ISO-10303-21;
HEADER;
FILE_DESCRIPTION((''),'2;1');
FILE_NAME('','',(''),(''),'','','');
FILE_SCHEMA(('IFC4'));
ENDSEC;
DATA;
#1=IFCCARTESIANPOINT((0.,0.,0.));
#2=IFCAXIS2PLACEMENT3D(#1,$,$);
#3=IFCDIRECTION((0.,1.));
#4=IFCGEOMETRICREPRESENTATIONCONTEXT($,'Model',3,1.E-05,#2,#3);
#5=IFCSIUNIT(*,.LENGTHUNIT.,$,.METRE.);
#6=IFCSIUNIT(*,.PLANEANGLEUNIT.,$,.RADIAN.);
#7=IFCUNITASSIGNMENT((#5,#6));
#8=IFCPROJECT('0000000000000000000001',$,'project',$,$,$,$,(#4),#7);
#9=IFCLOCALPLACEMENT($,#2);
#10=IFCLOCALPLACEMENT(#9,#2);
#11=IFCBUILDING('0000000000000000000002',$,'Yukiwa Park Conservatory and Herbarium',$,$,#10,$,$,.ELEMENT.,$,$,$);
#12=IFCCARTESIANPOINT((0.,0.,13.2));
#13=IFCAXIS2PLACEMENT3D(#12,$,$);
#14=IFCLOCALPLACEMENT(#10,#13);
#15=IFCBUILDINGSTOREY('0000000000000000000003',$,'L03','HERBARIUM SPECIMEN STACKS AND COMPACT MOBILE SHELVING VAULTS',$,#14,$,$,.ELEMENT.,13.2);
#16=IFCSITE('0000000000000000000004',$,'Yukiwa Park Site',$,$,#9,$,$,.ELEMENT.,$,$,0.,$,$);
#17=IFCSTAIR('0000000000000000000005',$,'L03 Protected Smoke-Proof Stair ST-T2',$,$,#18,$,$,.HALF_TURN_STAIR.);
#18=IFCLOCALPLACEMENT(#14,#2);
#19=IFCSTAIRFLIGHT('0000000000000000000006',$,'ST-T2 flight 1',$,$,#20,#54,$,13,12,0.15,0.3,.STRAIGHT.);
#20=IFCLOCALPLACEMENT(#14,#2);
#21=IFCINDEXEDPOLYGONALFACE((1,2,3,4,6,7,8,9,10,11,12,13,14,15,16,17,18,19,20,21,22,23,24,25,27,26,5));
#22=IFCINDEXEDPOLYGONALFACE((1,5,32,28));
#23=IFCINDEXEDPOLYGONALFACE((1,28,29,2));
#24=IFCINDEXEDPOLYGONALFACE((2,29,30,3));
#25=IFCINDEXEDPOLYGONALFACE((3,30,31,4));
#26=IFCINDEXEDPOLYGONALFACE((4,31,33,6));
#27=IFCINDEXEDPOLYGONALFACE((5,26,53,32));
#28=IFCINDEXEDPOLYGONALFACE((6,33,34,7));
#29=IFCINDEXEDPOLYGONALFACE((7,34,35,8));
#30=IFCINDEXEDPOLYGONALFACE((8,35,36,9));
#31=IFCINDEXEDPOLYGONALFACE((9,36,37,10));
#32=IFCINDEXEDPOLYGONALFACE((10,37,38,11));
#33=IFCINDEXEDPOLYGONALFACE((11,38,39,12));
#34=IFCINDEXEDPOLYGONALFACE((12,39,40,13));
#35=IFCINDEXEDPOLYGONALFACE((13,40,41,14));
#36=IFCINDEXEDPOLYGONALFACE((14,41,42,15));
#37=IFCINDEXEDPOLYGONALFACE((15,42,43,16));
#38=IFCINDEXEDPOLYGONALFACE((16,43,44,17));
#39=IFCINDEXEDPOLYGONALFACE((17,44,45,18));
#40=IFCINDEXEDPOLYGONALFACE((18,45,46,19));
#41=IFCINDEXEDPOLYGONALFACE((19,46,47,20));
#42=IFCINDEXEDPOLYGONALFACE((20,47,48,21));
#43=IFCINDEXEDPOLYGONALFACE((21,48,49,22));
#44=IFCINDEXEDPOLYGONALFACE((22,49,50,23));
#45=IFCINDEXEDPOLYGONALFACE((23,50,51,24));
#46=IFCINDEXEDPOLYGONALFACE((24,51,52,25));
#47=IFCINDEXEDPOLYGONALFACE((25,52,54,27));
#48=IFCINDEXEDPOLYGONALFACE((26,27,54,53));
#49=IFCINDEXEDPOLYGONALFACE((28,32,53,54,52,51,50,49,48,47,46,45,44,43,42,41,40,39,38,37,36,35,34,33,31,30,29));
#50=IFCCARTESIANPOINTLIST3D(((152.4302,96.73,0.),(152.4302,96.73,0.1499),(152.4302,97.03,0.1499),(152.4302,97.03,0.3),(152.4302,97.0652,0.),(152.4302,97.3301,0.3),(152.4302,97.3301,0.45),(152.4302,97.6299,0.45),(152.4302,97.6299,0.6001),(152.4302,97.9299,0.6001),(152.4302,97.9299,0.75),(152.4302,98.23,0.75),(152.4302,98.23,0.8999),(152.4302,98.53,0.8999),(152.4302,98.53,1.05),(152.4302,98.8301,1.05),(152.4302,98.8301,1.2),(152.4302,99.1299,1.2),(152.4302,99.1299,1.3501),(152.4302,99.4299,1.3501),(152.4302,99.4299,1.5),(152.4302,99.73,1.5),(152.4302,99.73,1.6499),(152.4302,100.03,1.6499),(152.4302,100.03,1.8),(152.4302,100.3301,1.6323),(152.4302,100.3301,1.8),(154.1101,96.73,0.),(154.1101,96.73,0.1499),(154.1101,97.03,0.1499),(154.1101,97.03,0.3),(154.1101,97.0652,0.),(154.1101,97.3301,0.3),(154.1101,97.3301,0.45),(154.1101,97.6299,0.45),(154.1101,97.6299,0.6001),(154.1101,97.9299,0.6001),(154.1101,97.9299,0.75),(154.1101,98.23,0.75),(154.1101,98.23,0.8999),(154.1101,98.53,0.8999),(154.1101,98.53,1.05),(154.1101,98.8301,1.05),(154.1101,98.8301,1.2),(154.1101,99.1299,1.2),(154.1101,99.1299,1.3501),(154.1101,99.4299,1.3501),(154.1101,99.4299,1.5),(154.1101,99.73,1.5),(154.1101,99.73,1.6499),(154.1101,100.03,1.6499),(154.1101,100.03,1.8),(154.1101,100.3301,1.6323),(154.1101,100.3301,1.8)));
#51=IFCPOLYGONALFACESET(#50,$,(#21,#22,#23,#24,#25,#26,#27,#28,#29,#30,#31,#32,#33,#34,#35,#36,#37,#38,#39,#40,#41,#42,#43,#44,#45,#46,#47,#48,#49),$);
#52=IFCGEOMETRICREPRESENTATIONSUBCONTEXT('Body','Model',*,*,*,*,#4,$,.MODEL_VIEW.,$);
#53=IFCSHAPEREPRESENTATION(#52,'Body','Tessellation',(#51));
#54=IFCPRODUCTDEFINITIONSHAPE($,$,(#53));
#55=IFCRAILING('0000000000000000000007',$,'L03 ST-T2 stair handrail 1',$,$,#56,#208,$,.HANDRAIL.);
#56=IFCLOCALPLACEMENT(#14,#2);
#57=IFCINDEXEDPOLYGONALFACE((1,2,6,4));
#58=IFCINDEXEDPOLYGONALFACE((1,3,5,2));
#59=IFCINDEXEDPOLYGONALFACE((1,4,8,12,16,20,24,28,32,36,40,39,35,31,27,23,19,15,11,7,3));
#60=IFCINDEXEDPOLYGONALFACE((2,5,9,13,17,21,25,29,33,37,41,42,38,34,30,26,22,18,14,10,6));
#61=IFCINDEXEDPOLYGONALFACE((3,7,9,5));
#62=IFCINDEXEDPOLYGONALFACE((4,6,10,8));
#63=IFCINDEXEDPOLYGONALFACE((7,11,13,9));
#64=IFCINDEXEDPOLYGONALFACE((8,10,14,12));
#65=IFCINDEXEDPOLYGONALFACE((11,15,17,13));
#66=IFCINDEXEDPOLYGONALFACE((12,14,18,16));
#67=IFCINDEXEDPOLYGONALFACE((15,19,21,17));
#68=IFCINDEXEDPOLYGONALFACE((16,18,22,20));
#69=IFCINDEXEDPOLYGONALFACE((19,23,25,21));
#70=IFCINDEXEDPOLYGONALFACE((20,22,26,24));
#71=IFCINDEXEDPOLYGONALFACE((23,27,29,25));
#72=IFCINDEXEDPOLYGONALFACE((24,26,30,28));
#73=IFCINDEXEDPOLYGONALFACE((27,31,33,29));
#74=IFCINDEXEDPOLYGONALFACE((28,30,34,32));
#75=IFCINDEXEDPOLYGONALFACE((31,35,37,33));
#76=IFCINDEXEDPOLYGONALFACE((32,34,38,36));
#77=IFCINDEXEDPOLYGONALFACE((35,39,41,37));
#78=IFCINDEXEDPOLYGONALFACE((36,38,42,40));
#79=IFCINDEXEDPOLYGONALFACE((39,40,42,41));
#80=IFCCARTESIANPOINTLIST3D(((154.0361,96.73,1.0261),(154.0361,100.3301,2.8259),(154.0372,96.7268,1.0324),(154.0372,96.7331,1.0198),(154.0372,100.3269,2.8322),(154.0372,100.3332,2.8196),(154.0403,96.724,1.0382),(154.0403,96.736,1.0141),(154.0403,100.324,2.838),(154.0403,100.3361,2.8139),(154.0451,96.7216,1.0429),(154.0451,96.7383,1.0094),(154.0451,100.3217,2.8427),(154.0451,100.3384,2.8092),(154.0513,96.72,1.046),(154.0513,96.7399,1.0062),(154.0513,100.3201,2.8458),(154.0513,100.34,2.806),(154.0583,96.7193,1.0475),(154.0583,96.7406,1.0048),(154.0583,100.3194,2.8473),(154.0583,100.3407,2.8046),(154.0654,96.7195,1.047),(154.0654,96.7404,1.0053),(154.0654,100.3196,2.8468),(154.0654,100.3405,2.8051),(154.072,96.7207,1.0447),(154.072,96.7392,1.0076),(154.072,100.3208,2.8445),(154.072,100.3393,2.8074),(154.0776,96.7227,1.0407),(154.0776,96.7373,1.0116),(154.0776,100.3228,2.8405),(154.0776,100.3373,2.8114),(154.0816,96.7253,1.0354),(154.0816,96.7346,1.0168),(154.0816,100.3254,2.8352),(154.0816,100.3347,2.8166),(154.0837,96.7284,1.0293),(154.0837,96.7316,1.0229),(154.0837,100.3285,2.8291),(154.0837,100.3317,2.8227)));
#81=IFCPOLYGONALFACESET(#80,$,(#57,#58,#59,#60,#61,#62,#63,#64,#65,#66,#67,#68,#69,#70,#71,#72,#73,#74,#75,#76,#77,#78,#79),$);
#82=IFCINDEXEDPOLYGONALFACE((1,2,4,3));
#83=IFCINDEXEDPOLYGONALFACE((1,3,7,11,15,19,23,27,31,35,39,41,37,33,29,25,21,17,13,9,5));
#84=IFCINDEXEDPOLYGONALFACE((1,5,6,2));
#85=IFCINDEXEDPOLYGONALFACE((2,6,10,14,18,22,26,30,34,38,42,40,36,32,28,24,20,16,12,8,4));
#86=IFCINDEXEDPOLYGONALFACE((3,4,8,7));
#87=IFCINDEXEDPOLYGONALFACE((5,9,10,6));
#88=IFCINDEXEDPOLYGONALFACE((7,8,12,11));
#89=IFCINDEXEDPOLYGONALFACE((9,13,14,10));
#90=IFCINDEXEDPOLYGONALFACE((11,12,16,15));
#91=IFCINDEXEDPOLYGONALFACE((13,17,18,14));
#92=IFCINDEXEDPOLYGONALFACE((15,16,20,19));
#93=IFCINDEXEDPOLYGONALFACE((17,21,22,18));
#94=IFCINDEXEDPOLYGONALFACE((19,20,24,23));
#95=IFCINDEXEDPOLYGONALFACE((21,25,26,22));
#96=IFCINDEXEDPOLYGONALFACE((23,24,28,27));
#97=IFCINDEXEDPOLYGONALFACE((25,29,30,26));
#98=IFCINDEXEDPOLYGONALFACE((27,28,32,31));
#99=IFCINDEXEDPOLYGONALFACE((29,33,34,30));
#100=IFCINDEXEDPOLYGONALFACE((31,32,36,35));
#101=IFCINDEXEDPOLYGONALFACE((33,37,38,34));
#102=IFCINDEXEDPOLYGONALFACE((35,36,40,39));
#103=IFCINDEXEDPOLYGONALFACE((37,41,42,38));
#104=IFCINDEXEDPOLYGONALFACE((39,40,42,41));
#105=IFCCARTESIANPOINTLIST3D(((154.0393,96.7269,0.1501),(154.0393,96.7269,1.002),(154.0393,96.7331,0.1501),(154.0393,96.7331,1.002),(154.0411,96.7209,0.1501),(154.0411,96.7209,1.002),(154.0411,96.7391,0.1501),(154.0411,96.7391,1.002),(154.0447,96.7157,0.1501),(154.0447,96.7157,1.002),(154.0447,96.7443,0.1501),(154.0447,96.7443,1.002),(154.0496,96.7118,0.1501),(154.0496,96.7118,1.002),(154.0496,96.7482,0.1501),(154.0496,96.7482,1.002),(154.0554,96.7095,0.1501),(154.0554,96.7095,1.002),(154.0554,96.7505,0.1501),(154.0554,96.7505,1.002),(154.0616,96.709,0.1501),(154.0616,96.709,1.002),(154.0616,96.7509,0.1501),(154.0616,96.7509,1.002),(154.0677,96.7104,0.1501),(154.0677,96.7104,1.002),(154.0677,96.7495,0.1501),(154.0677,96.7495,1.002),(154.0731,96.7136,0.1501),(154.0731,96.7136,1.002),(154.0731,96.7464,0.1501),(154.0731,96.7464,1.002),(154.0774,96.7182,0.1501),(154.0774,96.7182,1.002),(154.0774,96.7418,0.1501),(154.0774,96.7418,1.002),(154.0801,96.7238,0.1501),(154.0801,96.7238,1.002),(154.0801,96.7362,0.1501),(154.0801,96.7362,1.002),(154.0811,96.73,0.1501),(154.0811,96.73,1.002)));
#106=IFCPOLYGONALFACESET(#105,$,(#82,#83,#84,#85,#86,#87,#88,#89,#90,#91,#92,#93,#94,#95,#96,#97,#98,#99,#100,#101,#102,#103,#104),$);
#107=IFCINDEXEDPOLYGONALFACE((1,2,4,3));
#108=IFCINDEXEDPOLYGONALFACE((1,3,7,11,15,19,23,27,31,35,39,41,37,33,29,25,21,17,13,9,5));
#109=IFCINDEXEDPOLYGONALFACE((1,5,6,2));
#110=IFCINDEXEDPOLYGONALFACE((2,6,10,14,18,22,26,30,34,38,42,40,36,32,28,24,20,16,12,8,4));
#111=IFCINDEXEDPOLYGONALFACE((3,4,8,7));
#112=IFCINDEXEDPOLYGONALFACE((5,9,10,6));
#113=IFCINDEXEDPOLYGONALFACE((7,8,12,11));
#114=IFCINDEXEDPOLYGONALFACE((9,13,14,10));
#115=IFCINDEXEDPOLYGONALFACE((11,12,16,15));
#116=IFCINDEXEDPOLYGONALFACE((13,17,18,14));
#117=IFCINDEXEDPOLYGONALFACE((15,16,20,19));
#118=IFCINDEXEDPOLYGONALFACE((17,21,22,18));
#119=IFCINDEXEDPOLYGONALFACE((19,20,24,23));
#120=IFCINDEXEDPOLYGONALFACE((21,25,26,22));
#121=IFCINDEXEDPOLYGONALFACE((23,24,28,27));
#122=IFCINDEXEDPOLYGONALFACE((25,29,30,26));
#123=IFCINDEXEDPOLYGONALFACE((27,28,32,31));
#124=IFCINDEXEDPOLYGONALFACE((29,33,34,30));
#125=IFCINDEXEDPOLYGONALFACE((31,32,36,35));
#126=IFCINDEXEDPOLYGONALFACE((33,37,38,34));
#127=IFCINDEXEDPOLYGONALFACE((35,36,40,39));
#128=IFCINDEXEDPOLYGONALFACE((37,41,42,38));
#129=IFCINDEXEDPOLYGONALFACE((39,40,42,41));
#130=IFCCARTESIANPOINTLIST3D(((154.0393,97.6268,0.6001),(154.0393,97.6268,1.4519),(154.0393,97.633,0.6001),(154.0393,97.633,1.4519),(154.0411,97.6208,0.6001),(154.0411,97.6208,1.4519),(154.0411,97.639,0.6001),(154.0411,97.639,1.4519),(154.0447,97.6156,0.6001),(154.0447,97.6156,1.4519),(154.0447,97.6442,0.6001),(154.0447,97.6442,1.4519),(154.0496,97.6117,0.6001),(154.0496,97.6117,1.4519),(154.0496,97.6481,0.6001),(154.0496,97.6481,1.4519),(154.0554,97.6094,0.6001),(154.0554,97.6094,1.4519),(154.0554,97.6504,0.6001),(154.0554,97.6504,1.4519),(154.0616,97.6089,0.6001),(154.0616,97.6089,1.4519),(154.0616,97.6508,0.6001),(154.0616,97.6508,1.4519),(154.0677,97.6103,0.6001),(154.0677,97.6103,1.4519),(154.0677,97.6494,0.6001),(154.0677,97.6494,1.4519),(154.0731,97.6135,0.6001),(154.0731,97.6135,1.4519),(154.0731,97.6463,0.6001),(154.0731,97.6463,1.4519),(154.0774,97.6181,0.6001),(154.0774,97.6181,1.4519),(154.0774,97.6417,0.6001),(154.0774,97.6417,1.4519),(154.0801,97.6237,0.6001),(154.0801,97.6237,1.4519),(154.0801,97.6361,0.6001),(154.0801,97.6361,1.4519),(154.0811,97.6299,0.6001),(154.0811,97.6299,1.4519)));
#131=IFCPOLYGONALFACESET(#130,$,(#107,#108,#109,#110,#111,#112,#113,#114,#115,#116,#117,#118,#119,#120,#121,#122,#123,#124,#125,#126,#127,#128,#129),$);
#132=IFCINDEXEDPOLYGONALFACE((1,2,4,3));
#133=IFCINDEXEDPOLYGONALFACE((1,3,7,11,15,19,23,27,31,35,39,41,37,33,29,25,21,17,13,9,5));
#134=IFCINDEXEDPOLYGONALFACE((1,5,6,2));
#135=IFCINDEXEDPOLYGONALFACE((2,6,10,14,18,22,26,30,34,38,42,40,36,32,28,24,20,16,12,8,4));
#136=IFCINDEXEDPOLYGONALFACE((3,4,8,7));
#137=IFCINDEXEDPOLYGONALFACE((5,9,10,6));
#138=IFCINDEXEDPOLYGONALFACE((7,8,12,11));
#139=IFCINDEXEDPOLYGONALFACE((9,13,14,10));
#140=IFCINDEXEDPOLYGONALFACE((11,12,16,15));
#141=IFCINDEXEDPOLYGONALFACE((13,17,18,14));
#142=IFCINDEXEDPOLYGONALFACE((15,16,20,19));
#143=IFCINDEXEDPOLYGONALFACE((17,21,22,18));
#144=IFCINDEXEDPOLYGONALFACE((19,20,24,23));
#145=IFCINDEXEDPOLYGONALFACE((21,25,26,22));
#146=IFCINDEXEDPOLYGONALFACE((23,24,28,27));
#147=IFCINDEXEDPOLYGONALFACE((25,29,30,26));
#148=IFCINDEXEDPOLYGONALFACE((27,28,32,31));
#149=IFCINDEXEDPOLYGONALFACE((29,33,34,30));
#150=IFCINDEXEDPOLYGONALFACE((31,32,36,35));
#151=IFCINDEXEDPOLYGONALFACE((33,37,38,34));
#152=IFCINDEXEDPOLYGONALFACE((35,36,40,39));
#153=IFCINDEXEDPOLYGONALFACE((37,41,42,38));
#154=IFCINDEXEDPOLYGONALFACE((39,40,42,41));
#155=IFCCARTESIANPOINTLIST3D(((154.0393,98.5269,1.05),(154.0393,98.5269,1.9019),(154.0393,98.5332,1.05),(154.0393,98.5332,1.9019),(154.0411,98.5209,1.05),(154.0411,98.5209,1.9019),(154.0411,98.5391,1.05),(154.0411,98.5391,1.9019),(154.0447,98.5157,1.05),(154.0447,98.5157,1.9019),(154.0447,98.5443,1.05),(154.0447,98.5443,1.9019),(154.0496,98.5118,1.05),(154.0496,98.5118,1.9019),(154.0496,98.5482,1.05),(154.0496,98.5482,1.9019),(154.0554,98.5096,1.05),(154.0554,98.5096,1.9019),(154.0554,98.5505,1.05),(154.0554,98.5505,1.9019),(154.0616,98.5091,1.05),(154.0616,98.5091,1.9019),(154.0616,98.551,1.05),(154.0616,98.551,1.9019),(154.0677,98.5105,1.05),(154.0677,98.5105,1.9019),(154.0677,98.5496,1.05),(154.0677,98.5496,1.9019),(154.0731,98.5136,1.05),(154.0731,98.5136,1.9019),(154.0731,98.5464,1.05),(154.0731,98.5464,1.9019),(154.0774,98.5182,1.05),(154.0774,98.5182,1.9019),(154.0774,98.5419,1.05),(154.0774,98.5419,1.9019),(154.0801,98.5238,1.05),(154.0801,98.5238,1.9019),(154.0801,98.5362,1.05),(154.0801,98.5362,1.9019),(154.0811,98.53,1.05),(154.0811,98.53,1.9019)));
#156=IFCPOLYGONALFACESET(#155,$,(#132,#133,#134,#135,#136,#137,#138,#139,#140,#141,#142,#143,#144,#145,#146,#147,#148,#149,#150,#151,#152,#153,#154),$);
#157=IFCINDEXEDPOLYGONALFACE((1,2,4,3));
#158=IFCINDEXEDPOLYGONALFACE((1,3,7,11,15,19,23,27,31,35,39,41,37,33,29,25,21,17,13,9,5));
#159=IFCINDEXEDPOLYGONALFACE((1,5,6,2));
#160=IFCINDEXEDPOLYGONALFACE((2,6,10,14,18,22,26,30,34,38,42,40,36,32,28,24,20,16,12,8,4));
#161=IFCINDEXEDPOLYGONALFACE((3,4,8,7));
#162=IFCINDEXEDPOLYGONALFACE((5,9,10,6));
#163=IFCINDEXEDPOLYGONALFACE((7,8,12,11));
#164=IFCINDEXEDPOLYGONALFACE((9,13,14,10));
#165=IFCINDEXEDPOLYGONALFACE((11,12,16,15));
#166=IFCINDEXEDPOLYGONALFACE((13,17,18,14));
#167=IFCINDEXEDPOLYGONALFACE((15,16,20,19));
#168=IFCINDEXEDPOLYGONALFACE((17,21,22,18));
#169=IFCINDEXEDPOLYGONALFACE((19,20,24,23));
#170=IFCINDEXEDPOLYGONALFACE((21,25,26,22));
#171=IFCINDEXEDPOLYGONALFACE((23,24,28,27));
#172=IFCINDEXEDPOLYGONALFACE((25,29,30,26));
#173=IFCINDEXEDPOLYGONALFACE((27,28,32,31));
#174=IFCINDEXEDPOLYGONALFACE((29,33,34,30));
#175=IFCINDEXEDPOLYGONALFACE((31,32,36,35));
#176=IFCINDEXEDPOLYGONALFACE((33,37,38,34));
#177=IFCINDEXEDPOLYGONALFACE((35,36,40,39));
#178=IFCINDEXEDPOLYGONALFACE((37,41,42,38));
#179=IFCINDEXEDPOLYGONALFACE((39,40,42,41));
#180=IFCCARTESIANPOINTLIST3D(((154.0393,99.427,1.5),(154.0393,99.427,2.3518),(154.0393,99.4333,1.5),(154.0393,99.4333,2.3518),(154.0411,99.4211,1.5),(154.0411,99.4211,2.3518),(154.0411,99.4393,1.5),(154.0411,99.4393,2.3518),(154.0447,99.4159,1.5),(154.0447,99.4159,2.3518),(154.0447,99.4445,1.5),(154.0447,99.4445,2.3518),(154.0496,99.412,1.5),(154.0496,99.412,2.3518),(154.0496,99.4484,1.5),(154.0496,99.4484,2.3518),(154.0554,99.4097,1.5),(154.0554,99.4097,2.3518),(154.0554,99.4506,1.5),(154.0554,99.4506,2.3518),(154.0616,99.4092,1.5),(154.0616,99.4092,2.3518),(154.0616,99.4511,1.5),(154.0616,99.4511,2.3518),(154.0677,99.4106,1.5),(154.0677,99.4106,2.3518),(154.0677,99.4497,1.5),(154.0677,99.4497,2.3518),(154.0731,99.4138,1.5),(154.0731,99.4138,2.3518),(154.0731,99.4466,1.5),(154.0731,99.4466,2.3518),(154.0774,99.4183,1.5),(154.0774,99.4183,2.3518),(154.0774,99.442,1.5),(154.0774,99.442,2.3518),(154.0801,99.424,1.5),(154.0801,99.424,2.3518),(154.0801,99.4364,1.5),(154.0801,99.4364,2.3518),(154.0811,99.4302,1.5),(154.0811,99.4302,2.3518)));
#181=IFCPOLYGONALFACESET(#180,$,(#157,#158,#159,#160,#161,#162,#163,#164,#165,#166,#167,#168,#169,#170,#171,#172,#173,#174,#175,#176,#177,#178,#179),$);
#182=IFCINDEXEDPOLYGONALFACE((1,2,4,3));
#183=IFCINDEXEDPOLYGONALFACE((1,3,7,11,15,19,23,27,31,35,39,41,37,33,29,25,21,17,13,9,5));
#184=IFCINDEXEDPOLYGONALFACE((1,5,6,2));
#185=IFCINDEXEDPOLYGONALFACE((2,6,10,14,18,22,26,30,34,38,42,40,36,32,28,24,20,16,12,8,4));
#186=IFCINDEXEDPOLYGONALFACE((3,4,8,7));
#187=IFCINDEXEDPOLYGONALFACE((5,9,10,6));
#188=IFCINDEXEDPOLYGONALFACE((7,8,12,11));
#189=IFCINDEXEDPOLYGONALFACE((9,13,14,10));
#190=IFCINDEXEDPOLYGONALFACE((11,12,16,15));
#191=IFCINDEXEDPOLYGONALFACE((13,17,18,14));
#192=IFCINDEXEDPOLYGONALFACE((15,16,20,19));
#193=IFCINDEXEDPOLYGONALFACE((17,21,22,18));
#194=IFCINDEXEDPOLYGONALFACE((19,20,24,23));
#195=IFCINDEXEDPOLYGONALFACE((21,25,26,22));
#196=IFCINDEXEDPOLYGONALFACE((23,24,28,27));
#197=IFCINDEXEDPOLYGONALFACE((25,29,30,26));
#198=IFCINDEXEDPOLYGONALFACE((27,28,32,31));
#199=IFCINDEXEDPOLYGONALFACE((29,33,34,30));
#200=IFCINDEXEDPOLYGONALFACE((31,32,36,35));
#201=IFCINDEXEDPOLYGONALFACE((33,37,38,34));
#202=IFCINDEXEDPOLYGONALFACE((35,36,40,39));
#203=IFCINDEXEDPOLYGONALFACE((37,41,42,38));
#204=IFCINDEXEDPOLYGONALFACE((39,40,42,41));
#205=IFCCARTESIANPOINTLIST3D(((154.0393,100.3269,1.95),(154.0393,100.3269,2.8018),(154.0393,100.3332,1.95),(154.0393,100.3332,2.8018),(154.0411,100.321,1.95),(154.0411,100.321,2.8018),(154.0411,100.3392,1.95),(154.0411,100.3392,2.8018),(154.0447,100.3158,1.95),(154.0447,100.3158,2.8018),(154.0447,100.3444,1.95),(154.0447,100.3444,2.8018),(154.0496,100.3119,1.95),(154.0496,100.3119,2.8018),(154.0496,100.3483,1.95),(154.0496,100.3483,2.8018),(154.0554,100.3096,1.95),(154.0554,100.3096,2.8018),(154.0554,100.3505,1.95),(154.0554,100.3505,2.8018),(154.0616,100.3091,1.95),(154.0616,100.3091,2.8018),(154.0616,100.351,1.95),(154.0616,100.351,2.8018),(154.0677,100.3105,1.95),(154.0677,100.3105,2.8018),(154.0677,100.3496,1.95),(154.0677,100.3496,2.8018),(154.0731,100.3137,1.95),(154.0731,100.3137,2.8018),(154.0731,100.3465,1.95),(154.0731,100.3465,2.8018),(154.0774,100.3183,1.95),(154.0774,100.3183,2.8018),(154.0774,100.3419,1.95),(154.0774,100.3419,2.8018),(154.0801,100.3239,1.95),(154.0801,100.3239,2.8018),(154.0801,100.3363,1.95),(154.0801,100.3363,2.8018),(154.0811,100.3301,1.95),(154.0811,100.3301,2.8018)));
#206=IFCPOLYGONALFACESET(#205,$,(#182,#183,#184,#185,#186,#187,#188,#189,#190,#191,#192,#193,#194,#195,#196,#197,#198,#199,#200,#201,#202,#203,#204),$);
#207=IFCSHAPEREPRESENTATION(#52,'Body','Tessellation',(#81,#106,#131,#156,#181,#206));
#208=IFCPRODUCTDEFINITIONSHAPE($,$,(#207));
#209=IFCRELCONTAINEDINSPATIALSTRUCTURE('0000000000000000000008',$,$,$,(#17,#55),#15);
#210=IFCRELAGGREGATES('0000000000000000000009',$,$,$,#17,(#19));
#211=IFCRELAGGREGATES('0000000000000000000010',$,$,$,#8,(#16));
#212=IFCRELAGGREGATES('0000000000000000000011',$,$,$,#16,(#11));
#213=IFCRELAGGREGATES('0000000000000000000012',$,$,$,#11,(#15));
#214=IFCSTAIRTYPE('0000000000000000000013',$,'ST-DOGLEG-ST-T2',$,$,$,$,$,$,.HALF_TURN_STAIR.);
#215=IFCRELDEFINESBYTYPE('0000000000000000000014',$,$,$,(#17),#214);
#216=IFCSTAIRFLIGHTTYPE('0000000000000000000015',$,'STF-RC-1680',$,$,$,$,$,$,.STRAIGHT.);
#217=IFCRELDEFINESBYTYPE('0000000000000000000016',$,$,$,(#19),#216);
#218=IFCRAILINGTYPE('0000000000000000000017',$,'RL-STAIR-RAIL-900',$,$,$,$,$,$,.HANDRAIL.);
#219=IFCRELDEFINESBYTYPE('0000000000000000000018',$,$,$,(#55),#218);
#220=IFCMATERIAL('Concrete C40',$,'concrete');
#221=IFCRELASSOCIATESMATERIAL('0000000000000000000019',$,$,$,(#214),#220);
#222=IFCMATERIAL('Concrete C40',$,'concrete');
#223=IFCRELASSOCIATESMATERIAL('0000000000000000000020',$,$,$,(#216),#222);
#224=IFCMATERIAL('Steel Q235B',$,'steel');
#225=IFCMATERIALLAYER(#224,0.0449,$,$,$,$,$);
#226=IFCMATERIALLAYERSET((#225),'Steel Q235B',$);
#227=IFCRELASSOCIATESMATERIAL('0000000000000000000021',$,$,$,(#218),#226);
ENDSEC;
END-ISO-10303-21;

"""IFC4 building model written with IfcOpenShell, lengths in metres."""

from ifc_helpers import new_model, si_unit, direction, frame, origin, origin_2d, place, context, subcontext, project, spatial, polyline, circle, outline, extrude, material, layer, layer_set, type_object, element, aggregate, save


model = new_model("IFC4")

# Units and contexts
model_context = context("Model", 3, precision=1e-05, world=origin(), true_north=direction((0.0, 1.0)))
body_context = subcontext(model_context, "Body", "Model", "MODEL_VIEW")
ifc_project = project(units=[si_unit("LENGTHUNIT", "METRE"), si_unit("PLANEANGLEUNIT", "RADIAN")], contexts=[model_context])

# Site, building, storey
site_placement = place(None, origin())
site = spatial("IfcSite", under=ifc_project, at=site_placement, Name="Yukiwa Park Site", CompositionType="ELEMENT", RefElevation=0.0)
building_placement = place(site_placement, origin())
building = spatial("IfcBuilding", under=site, at=building_placement, Name="Yukiwa Park Conservatory and Herbarium", CompositionType="ELEMENT")
storey_placement = place(building_placement, frame((0.0, 0.0, 13.2)))
storey = spatial("IfcBuildingStorey", under=building, at=storey_placement, Name="L03", Description="HERBARIUM SPECIMEN STACKS AND COMPACT MOBILE SHELVING VAULTS", CompositionType="ELEMENT", Elevation=13.2)

# Stair, stair flight
ifc_material_1 = material(Name="Concrete C40", Category="concrete")
stair_type = type_object("IfcStairType", Name="ST-DOGLEG-ST-T2", PredefinedType="HALF_TURN_STAIR", material=ifc_material_1)
stair_placement = place(storey_placement, origin())
stair = element("IfcStair", 1, at=stair_placement, inside=storey, type_object=stair_type, Name="L03 Protected Smoke-Proof Stair ST-T2", PredefinedType="HALF_TURN_STAIR")
ifc_material_2 = material(Name="Concrete C40", Category="concrete")
stair_flight_type = type_object("IfcStairFlightType", Name="STF-RC-1680", PredefinedType="STRAIGHT", material=ifc_material_2)
stair_flight_placement = place(storey_placement, frame((153.27, 96.73, 0.0), z_axis=(0.0, 0.0, 1.0), x_axis=(0.0, 1.0, 0.0)))
stair_flight = element("IfcStairFlight", 2, at=stair_flight_placement, type_object=stair_flight_type, Name="ST-T2 flight 1", NumberOfRisers=13, NumberOfTreads=12, PredefinedType="STRAIGHT", RiserHeight=0.15, TreadLength=0.3, context=body_context, shape_type="SweptSolid", body=[
    extrude(outline(polyline([(0.0, 0.0), (0.0, 0.1499), (0.3, 0.1499), (0.3, 0.3), (0.6001, 0.3), (0.6001, 0.45), (0.8999, 0.45), (0.8999, 0.6001), (1.2, 0.6001), (1.2, 0.75), (1.5, 0.75), (1.5, 0.8999), (1.8, 0.8999), (1.8, 1.05), (2.1001, 1.05), (2.1001, 1.2), (2.3999, 1.2), (2.3999, 1.3501), (2.7, 1.3501), (2.7, 1.5), (3.0, 1.5), (3.0, 1.6499), (3.3, 1.6499), (3.3, 1.8), (3.6001, 1.8), (3.6001, 1.95), (3.6001, 1.6323), (0.3352, 0.0), (0.0, 0.0)])), frame((0.0, 0.8398, 0.0), z_axis=(0.0, -1.0, 0.0), x_axis=(1.0, 0.0, 0.0)), (0.0, 0.0, 1.0), 1.6799),
])
aggregate(stair, [stair_flight])

# Railing
ifc_material_3 = material(Name="Steel Q235B", Category="steel")
ifc_layer_1 = layer(ifc_material_3, 0.0449)
ifc_layer_set_1 = layer_set([ifc_layer_1], Name="Steel Q235B")
railing_type = type_object("IfcRailingType", Name="RL-STAIR-RAIL-900", PredefinedType="HANDRAIL", material=ifc_layer_set_1)
railing_placement = place(storey_placement, frame((154.0601, 96.73, 0.1501)))
element("IfcRailing", 3, at=railing_placement, inside=storey, type_object=railing_type, Name="L03 ST-T2 stair handrail 1", PredefinedType="HANDRAIL", context=body_context, shape_type="SweptSolid", body=[
    extrude(circle(Radius=0.0239, at=origin_2d()), frame((0.0, 0.0, 0.876), z_axis=(0.0, 0.894451, 0.447165), x_axis=(-1.0, 0.0, 0.0)), (0.0, 0.0, 1.0), 4.0249),
    extrude(circle(Radius=0.021, at=origin_2d()), origin(), (0.0, 0.0, 1.0), 0.8518),
    extrude(circle(Radius=0.021, at=origin_2d()), frame((0.0, 0.8999, 0.45)), (0.0, 0.0, 1.0), 0.8518),
    extrude(circle(Radius=0.021, at=origin_2d()), frame((0.0, 1.8, 0.8999)), (0.0, 0.0, 1.0), 0.8518),
    extrude(circle(Radius=0.021, at=origin_2d()), frame((0.0, 2.7002, 1.3499)), (0.0, 0.0, 1.0), 0.8518),
    extrude(circle(Radius=0.021, at=origin_2d()), frame((0.0, 3.6001, 1.7998)), (0.0, 0.0, 1.0), 0.8518),
])

save(model, "model.ifc")
